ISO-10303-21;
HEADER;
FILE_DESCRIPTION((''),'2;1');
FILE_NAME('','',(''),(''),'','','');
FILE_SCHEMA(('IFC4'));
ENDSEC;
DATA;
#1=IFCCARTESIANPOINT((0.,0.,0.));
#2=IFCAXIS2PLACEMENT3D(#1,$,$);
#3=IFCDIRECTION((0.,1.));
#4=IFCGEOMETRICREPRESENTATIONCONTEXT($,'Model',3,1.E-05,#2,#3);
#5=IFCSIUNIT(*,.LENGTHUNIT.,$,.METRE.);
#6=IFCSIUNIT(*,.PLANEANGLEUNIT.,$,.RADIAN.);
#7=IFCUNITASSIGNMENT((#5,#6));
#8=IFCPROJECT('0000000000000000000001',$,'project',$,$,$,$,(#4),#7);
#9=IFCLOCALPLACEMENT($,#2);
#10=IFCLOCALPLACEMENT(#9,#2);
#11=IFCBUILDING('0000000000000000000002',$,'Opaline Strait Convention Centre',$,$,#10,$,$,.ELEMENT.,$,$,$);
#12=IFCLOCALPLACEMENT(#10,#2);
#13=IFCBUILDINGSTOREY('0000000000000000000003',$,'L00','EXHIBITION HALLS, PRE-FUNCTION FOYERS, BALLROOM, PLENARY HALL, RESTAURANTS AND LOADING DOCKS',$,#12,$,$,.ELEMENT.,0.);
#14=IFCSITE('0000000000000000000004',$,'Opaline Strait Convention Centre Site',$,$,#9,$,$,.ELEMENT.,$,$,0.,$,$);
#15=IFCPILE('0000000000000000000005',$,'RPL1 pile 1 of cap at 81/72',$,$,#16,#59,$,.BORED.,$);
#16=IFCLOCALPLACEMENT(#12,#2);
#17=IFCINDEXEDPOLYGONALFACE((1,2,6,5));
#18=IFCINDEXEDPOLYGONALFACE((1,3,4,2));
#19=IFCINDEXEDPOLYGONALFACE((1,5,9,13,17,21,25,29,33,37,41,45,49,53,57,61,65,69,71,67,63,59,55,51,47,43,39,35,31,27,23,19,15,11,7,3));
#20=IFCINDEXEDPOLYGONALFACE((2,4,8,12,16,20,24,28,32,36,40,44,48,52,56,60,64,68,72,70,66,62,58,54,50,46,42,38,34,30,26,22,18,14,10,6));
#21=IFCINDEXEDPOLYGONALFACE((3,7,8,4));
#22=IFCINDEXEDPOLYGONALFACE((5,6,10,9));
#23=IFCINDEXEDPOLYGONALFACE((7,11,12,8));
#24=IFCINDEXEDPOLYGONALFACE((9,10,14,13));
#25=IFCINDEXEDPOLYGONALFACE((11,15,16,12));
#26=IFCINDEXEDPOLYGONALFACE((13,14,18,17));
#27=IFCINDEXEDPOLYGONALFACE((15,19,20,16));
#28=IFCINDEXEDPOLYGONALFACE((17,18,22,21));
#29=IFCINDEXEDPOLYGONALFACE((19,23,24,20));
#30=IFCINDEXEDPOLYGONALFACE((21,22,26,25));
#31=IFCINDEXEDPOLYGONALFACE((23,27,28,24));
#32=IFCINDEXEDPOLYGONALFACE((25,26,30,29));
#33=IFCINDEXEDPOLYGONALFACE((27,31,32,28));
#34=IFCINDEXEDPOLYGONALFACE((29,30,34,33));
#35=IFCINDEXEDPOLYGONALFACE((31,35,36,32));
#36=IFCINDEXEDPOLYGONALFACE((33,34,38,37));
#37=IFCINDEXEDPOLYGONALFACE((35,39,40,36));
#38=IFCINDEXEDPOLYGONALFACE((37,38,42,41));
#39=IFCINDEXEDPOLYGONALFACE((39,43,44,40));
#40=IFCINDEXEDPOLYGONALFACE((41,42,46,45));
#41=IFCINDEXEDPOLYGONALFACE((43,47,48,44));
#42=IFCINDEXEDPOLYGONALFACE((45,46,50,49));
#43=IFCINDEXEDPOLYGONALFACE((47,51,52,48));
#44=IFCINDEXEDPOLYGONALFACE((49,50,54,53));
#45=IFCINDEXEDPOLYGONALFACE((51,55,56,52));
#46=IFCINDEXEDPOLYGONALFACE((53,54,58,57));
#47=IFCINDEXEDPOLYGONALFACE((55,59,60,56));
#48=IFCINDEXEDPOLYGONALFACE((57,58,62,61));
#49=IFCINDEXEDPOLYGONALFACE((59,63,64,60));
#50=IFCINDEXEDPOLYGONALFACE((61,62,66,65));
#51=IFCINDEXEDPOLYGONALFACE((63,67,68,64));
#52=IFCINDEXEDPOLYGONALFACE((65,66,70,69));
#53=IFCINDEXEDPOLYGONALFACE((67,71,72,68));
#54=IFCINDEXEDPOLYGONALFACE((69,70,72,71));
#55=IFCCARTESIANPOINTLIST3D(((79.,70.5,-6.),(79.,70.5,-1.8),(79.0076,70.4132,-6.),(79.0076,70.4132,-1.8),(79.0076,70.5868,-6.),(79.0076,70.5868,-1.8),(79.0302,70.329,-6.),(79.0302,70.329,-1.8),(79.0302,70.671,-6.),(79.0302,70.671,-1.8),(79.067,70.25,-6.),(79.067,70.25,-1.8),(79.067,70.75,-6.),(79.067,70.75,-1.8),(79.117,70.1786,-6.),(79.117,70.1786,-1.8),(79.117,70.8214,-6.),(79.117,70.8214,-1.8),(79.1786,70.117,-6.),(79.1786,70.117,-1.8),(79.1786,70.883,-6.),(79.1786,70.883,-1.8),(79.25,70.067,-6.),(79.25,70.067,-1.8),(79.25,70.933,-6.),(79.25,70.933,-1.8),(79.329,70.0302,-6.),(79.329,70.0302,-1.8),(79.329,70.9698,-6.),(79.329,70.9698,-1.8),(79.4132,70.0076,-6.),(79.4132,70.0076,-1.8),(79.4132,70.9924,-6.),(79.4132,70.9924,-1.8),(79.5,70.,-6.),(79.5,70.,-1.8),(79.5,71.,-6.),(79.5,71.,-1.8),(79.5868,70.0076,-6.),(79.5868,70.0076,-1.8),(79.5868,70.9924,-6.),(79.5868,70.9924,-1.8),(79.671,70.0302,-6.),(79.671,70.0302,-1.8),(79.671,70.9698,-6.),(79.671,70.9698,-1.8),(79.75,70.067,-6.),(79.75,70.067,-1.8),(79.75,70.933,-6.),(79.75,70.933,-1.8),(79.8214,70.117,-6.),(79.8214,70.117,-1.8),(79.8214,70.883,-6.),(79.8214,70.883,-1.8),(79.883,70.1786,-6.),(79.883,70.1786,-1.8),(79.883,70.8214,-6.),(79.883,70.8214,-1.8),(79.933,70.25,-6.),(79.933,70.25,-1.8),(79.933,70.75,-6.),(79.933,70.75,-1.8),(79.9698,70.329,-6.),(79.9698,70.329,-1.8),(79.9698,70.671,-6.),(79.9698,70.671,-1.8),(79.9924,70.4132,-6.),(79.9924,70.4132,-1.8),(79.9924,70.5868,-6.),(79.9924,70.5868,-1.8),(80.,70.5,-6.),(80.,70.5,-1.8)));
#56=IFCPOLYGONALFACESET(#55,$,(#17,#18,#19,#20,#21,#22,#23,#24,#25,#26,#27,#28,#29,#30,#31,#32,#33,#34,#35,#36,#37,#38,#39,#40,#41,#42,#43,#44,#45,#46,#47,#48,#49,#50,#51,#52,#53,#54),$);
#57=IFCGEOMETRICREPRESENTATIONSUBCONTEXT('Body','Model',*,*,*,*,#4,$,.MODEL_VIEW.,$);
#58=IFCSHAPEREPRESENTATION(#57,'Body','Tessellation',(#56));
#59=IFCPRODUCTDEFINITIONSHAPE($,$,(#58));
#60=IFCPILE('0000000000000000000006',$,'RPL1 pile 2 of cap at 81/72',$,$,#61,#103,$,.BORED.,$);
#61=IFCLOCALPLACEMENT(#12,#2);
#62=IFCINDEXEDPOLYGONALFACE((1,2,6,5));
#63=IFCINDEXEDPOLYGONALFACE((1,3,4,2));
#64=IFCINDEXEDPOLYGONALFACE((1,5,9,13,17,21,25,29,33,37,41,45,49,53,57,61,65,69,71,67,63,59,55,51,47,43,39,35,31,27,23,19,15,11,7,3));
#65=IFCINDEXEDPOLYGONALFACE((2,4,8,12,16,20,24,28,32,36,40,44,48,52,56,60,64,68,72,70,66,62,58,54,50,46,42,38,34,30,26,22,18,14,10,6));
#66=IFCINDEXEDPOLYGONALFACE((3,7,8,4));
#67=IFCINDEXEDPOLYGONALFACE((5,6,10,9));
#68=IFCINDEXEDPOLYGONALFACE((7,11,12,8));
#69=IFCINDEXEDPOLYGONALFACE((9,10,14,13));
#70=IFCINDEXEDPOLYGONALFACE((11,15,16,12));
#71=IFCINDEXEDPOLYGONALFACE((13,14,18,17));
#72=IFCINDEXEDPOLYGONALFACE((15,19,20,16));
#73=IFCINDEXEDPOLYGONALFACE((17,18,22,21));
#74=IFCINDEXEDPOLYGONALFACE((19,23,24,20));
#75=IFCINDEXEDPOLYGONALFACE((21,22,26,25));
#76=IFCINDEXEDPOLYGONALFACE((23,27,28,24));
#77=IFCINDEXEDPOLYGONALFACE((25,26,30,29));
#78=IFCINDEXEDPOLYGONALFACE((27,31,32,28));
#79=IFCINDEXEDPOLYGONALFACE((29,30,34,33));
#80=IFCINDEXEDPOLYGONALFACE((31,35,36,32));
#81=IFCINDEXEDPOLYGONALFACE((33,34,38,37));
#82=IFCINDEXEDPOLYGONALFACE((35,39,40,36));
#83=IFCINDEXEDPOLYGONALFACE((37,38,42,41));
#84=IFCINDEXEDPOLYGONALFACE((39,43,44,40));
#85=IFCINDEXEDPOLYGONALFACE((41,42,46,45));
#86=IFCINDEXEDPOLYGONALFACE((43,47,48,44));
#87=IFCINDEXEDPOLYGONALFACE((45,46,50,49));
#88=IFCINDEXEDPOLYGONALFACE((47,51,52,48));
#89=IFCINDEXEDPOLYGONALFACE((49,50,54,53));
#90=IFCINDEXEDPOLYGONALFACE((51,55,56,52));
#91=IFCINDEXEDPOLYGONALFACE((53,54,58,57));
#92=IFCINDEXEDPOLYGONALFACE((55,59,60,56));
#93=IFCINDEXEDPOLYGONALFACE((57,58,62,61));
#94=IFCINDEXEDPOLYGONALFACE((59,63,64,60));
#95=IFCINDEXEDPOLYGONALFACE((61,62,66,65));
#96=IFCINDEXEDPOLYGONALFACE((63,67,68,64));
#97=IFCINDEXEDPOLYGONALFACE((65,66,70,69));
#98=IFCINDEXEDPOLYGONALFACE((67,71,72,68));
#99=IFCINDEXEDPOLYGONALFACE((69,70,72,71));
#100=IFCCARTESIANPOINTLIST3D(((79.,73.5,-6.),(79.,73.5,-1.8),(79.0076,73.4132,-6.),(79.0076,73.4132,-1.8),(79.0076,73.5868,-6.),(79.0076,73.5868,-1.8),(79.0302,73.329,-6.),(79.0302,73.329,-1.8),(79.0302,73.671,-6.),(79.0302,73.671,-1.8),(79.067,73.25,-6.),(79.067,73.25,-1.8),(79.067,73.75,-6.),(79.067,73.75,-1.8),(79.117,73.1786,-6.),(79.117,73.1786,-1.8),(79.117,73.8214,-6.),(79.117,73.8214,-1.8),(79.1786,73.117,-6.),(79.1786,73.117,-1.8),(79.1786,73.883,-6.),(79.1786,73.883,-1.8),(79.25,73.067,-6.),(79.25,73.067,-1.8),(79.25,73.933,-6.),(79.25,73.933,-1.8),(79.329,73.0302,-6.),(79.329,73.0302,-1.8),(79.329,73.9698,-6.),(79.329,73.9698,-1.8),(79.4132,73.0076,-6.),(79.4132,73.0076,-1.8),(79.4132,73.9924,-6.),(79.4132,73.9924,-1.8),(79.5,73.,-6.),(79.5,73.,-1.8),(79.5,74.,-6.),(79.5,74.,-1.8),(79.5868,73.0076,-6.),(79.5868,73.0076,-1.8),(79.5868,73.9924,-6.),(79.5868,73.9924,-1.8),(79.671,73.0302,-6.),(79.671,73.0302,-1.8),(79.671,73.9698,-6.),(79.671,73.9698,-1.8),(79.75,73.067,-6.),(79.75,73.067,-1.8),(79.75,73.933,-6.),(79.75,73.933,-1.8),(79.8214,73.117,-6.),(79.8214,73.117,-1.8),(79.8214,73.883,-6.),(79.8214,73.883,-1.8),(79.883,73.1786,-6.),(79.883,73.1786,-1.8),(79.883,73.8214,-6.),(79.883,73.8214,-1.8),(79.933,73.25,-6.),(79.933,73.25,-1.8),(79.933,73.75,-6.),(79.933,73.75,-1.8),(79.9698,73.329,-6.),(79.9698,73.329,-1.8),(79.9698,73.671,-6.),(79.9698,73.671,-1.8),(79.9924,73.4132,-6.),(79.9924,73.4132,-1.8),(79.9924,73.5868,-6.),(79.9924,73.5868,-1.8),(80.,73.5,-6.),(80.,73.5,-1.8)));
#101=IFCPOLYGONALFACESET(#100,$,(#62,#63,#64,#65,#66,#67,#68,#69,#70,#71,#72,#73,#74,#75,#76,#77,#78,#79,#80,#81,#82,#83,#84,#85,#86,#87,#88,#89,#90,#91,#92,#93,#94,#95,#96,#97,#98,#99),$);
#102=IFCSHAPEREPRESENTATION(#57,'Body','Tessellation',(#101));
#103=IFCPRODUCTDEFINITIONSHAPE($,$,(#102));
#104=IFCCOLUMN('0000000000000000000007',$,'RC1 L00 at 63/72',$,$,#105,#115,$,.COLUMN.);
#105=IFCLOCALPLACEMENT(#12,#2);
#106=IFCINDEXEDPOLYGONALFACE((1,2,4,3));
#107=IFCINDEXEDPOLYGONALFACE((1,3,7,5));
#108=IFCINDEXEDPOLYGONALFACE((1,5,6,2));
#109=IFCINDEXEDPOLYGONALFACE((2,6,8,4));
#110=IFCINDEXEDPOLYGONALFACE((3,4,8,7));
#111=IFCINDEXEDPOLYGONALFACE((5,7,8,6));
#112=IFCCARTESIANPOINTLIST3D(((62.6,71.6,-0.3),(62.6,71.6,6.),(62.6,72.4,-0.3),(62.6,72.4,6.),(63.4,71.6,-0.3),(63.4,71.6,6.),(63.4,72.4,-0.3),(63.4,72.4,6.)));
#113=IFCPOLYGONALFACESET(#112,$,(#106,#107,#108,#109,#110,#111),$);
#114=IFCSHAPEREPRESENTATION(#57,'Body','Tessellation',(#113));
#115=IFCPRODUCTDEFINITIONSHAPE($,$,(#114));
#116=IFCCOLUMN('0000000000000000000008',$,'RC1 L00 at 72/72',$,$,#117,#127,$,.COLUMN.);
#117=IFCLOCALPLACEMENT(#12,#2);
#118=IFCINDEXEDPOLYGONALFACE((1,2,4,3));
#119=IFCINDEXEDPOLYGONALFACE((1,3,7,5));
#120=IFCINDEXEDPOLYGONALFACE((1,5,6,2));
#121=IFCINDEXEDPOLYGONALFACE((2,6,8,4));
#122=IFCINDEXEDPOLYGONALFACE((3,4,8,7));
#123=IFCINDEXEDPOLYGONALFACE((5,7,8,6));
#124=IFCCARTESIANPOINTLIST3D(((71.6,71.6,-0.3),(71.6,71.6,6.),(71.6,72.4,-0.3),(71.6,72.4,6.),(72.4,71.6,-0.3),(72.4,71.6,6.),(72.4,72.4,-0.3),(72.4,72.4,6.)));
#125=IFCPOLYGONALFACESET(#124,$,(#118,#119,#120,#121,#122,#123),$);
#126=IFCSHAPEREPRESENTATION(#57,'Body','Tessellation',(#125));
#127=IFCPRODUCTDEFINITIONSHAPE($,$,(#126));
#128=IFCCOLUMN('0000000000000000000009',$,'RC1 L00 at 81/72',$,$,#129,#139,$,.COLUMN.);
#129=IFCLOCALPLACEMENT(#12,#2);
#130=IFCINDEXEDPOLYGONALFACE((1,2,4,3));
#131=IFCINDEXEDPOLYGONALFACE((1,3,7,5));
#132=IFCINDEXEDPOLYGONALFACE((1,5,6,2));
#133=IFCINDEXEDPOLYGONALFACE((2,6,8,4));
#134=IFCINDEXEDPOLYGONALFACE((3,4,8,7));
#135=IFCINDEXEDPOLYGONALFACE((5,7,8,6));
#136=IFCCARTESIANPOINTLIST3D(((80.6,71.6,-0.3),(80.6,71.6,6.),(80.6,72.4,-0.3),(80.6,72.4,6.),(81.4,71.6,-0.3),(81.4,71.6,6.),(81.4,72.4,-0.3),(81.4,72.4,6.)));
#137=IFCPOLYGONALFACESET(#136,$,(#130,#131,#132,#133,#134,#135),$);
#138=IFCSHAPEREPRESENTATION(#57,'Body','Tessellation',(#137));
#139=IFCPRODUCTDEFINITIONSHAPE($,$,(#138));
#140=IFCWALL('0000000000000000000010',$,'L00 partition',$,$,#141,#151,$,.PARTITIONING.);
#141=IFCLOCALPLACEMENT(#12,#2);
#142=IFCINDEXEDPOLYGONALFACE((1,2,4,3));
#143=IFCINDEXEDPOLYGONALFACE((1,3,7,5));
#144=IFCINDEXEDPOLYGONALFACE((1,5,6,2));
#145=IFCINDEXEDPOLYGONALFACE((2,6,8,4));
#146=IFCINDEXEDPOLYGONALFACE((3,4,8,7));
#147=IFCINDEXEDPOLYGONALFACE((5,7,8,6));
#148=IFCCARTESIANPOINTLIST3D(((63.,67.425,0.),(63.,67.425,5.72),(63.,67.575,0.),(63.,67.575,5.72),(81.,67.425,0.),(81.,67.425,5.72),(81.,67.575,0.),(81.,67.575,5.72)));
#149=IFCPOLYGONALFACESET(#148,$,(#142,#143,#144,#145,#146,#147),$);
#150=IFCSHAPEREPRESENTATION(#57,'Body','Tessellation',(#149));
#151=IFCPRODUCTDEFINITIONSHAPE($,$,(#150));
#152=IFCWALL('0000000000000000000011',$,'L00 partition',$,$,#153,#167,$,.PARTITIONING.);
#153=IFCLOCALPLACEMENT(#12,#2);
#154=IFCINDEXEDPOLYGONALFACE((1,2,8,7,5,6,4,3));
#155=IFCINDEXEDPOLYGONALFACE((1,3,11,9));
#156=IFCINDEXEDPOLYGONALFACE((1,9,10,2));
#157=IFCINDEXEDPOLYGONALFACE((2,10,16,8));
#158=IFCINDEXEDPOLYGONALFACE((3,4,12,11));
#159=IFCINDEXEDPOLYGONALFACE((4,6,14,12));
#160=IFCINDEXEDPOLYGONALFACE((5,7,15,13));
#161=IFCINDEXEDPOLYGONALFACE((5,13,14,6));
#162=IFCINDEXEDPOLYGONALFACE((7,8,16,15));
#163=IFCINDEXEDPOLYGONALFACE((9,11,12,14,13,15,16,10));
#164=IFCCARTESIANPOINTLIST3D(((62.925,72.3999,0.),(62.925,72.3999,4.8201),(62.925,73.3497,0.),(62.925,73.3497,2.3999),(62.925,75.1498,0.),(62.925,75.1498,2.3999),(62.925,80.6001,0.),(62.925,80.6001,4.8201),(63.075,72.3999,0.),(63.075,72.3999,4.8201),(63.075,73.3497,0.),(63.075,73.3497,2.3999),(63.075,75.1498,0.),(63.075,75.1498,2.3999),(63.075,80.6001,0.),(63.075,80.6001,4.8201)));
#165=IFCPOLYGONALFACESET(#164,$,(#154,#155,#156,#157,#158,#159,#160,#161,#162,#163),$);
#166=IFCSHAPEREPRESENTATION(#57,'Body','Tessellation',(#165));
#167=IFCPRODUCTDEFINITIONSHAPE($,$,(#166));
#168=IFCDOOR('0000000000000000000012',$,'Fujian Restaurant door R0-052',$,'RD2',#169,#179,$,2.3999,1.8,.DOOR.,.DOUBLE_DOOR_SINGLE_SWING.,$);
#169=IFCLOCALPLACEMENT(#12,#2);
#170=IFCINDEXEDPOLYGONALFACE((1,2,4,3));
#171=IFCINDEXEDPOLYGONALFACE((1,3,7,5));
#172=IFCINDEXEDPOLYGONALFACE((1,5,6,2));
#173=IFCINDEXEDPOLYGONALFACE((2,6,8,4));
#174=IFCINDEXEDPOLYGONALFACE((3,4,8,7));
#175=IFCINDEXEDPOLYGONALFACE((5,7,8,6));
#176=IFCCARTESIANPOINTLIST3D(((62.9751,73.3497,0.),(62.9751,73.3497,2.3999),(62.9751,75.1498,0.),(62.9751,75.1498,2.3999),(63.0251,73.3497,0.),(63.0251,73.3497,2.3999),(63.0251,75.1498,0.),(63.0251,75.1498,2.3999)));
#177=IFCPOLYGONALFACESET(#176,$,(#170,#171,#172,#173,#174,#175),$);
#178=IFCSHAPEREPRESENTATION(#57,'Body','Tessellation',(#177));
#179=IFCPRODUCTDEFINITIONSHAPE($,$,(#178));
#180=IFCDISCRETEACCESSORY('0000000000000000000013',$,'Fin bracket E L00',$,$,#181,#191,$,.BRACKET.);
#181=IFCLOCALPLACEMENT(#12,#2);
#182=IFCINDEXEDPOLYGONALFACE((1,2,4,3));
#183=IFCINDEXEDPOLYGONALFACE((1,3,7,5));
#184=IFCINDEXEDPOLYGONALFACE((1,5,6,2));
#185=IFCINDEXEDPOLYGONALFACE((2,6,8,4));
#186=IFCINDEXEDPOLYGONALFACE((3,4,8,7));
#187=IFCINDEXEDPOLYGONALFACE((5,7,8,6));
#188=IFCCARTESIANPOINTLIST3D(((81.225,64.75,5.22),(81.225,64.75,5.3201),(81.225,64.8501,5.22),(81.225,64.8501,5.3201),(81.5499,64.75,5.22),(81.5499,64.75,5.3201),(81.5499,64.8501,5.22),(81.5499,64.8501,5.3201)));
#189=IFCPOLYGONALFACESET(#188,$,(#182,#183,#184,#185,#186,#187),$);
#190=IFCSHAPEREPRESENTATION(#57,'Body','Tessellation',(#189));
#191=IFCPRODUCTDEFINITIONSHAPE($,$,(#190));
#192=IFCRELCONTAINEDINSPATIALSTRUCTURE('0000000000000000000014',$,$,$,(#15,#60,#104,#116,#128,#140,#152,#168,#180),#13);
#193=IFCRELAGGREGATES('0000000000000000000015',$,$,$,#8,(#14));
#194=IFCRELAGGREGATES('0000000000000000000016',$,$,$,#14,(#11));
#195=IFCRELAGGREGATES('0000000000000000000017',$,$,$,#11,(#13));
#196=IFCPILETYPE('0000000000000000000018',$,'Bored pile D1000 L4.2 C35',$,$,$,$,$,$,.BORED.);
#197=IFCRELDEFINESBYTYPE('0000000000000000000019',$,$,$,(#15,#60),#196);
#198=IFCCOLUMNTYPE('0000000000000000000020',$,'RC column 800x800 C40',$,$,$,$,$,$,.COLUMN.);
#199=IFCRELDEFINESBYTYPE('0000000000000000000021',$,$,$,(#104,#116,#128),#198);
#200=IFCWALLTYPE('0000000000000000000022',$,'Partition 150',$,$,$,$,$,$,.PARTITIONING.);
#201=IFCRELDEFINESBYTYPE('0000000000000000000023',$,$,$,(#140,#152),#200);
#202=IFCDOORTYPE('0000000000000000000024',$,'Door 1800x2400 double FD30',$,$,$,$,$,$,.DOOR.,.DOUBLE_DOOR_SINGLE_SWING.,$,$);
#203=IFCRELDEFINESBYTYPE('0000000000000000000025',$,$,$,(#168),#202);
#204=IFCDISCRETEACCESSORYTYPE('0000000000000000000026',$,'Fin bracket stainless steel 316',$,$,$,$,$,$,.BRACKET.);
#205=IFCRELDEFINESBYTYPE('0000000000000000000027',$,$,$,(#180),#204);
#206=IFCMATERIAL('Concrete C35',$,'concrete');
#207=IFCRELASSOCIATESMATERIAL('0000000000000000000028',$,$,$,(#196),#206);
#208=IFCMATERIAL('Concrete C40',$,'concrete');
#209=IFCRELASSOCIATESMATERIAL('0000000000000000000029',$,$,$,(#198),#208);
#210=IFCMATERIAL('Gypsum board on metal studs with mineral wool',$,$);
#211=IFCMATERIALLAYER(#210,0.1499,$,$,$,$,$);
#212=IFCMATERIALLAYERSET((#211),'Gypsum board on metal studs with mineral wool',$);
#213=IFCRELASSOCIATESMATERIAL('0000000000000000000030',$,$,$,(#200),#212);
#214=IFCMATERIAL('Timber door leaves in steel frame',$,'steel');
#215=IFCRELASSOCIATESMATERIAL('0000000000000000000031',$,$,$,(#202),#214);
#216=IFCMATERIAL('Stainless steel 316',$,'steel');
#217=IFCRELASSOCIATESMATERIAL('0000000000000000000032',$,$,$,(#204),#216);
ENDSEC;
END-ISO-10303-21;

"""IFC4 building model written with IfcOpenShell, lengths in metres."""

from ifc_helpers import new_model, si_unit, direction, frame, frame_2d, origin, origin_2d, place, context, subcontext, project, spatial, rectangle, circle, extrude, material, layer, layer_set, material_profile, profile_set, type_object, element, fill, save


model = new_model("IFC4")

# Units and contexts
model_context = context("Model", 3, precision=1e-05, world=origin(), true_north=direction((0.0, 1.0)))
body_context = subcontext(model_context, "Body", "Model", "MODEL_VIEW")
ifc_project = project(units=[si_unit("LENGTHUNIT", "METRE"), si_unit("PLANEANGLEUNIT", "RADIAN")], contexts=[model_context])

# Site, building, storey
site_placement = place(None, origin())
site = spatial("IfcSite", under=ifc_project, at=site_placement, Name="Opaline Strait Convention Centre Site", CompositionType="ELEMENT", RefElevation=0.0)
building_placement = place(site_placement, origin())
building = spatial("IfcBuilding", under=site, at=building_placement, Name="Opaline Strait Convention Centre", CompositionType="ELEMENT")
storey_placement = place(building_placement, origin())
storey = spatial("IfcBuildingStorey", under=building, at=storey_placement, Name="L00", Description="EXHIBITION HALLS, PRE-FUNCTION FOYERS, BALLROOM, PLENARY HALL, RESTAURANTS AND LOADING DOCKS", CompositionType="ELEMENT", Elevation=0.0)

# Piles
ifc_material_1 = material(Name="Concrete C35", Category="concrete")
ifc_material_profile_1 = material_profile(ifc_material_1, circle(Radius=0.5, at=origin_2d()), Name="D1000")
ifc_profile_set_1 = profile_set([ifc_material_profile_1], Name="Concrete C35")
pile_type = type_object("IfcPileType", Name="Bored pile D1000 L4.2 C35", PredefinedType="BORED", material=ifc_profile_set_1)
for number, where, z_axis, x_axis, name in (
    (1, (79.5, 70.5, -1.8), (0.0, 0.0, -1.0), (1.0, 0.0, 0.0), "RPL1 pile 1 of cap at 81/72"),
    (2, (79.5, 73.5, -1.8), (0.0, 0.0, -1.0), (1.0, 0.0, 0.0), "RPL1 pile 2 of cap at 81/72"),
):
    element("IfcPile", number, at=place(storey_placement, frame(where, z_axis=z_axis, x_axis=x_axis)), inside=storey, type_object=pile_type, Name=name, PredefinedType="BORED", context=body_context, shape_type="SweptSolid", body=[
        extrude(circle(Radius=0.5, at=origin_2d()), origin(), (0.0, 0.0, 1.0), 4.2),
    ])

# Columns
ifc_material_2 = material(Name="Concrete C40", Category="concrete")
ifc_material_profile_2 = material_profile(ifc_material_2, rectangle(XDim=0.8, YDim=0.8, at=origin_2d()), Name="RC 800x800")
ifc_profile_set_2 = profile_set([ifc_material_profile_2], Name="Concrete C40")
column_type = type_object("IfcColumnType", Name="RC column 800x800 C40", PredefinedType="COLUMN", material=ifc_profile_set_2)
for number, where, z_axis, x_axis, name in (
    (3, (63.0, 72.0, -0.3), (0.0, 0.0, 1.0), (1.0, 0.0, 0.0), "RC1 L00 at 63/72"),
    (4, (72.0, 72.0, -0.3), (0.0, 0.0, 1.0), (1.0, 0.0, 0.0), "RC1 L00 at 72/72"),
    (5, (81.0, 72.0, -0.3), (0.0, 0.0, 1.0), (1.0, 0.0, 0.0), "RC1 L00 at 81/72"),
):
    element("IfcColumn", number, at=place(storey_placement, frame(where, z_axis=z_axis, x_axis=x_axis)), inside=storey, type_object=column_type, Name=name, PredefinedType="COLUMN", context=body_context, shape_type="SweptSolid", body=[
        extrude(rectangle(XDim=0.8, YDim=0.8, at=origin_2d()), origin(), (0.0, 0.0, 1.0), 6.3),
    ])

# Wall
ifc_material_3 = material(Name="Gypsum board on metal studs with mineral wool")
ifc_layer_1 = layer(ifc_material_3, 0.1499)
ifc_layer_set_1 = layer_set([ifc_layer_1], Name="Gypsum board on metal studs with mineral wool")
wall_type_1 = type_object("IfcWallType", Name="Partition 150", PredefinedType="PARTITIONING", material=ifc_layer_set_1)
wall_1_placement = place(storey_placement, frame((63.0, 67.5, 0.0), z_axis=(0.0, 0.0, 1.0), x_axis=(1.0, 0.0, 0.0)))
element("IfcWall", 6, at=wall_1_placement, inside=storey, type_object=wall_type_1, Name="L00 partition", PredefinedType="PARTITIONING", context=body_context, shape_type="SweptSolid", body=[
    extrude(rectangle(XDim=18.0, YDim=0.1499, at=frame_2d((9.0, 0.0))), origin(), (0.0, 0.0, 1.0), 5.72),
])

# Wall, opening, door
wall_2_placement = place(storey_placement, frame((63.0, 72.3999, 0.0), z_axis=(0.0, 0.0, 1.0), x_axis=(0.0, 1.0, 0.0)))
wall_2 = element("IfcWall", 7, at=wall_2_placement, inside=storey, type_object=wall_type_1, Name="L00 partition", PredefinedType="PARTITIONING", context=body_context, shape_type="SweptSolid", body=[
    extrude(rectangle(XDim=8.2002, YDim=0.1499, at=frame_2d((4.1001, 0.0))), origin(), (0.0, 0.0, 1.0), 4.8201),
])
opening_1_placement = place(wall_2_placement, frame((0.95, 0.0, 0.0)))
opening_1 = element("IfcOpeningElement", 8, at=opening_1_placement, cuts=wall_2, PredefinedType="OPENING", context=body_context, shape_type="SweptSolid", body=[
    extrude(rectangle(XDim=1.8, YDim=2.3999, at=frame_2d((0.8999, 1.2))), frame((0.0, 0.085, 0.0), z_axis=(0.0, -1.0, 0.0), x_axis=(1.0, 0.0, 0.0)), (0.0, 0.0, 1.0), 0.1699),
])
ifc_material_4 = material(Name="Timber door leaves in steel frame", Category="steel")
door_type_1 = type_object("IfcDoorType", Name="Door 1800x2400 double FD30", OperationType="DOUBLE_DOOR_SINGLE_SWING", PredefinedType="DOOR", material=ifc_material_4)
door_1_placement = place(opening_1_placement, origin())
door_1 = element("IfcDoor", 9, at=door_1_placement, inside=storey, type_object=door_type_1, Name="Fujian Restaurant door R0-052", ObjectType="RD2", OperationType="DOUBLE_DOOR_SINGLE_SWING", OverallHeight=2.3999, OverallWidth=1.8, PredefinedType="DOOR", context=body_context, shape_type="SweptSolid", body=[
    extrude(rectangle(XDim=1.8, YDim=2.3999, at=frame_2d((0.8999, 1.2))), frame((0.0, 0.0249, 0.0), z_axis=(0.0, -1.0, 0.0), x_axis=(1.0, 0.0, 0.0)), (0.0, 0.0, 1.0), 0.05),
])
fill(opening_1, door_1)

# Discrete accessory
ifc_material_5 = material(Name="Stainless steel 316", Category="steel")
discrete_accessory_type = type_object("IfcDiscreteAccessoryType", Name="Fin bracket stainless steel 316", PredefinedType="BRACKET", material=ifc_material_5)
for number, where, z_axis, x_axis, name in (
    (10, (81.3875, 64.8, 5.22), (0.0, 0.0, 1.0), (1.0, 0.0, 0.0), "Fin bracket E L00"),
):
    element("IfcDiscreteAccessory", number, at=place(storey_placement, frame(where, z_axis=z_axis, x_axis=x_axis)), inside=storey, type_object=discrete_accessory_type, Name=name, PredefinedType="BRACKET", context=body_context, shape_type="SweptSolid", body=[
        extrude(rectangle(XDim=0.325, YDim=0.1001, at=origin_2d()), origin(), (0.0, 0.0, 1.0), 0.1001),
    ])

save(model, "model.ifc")
